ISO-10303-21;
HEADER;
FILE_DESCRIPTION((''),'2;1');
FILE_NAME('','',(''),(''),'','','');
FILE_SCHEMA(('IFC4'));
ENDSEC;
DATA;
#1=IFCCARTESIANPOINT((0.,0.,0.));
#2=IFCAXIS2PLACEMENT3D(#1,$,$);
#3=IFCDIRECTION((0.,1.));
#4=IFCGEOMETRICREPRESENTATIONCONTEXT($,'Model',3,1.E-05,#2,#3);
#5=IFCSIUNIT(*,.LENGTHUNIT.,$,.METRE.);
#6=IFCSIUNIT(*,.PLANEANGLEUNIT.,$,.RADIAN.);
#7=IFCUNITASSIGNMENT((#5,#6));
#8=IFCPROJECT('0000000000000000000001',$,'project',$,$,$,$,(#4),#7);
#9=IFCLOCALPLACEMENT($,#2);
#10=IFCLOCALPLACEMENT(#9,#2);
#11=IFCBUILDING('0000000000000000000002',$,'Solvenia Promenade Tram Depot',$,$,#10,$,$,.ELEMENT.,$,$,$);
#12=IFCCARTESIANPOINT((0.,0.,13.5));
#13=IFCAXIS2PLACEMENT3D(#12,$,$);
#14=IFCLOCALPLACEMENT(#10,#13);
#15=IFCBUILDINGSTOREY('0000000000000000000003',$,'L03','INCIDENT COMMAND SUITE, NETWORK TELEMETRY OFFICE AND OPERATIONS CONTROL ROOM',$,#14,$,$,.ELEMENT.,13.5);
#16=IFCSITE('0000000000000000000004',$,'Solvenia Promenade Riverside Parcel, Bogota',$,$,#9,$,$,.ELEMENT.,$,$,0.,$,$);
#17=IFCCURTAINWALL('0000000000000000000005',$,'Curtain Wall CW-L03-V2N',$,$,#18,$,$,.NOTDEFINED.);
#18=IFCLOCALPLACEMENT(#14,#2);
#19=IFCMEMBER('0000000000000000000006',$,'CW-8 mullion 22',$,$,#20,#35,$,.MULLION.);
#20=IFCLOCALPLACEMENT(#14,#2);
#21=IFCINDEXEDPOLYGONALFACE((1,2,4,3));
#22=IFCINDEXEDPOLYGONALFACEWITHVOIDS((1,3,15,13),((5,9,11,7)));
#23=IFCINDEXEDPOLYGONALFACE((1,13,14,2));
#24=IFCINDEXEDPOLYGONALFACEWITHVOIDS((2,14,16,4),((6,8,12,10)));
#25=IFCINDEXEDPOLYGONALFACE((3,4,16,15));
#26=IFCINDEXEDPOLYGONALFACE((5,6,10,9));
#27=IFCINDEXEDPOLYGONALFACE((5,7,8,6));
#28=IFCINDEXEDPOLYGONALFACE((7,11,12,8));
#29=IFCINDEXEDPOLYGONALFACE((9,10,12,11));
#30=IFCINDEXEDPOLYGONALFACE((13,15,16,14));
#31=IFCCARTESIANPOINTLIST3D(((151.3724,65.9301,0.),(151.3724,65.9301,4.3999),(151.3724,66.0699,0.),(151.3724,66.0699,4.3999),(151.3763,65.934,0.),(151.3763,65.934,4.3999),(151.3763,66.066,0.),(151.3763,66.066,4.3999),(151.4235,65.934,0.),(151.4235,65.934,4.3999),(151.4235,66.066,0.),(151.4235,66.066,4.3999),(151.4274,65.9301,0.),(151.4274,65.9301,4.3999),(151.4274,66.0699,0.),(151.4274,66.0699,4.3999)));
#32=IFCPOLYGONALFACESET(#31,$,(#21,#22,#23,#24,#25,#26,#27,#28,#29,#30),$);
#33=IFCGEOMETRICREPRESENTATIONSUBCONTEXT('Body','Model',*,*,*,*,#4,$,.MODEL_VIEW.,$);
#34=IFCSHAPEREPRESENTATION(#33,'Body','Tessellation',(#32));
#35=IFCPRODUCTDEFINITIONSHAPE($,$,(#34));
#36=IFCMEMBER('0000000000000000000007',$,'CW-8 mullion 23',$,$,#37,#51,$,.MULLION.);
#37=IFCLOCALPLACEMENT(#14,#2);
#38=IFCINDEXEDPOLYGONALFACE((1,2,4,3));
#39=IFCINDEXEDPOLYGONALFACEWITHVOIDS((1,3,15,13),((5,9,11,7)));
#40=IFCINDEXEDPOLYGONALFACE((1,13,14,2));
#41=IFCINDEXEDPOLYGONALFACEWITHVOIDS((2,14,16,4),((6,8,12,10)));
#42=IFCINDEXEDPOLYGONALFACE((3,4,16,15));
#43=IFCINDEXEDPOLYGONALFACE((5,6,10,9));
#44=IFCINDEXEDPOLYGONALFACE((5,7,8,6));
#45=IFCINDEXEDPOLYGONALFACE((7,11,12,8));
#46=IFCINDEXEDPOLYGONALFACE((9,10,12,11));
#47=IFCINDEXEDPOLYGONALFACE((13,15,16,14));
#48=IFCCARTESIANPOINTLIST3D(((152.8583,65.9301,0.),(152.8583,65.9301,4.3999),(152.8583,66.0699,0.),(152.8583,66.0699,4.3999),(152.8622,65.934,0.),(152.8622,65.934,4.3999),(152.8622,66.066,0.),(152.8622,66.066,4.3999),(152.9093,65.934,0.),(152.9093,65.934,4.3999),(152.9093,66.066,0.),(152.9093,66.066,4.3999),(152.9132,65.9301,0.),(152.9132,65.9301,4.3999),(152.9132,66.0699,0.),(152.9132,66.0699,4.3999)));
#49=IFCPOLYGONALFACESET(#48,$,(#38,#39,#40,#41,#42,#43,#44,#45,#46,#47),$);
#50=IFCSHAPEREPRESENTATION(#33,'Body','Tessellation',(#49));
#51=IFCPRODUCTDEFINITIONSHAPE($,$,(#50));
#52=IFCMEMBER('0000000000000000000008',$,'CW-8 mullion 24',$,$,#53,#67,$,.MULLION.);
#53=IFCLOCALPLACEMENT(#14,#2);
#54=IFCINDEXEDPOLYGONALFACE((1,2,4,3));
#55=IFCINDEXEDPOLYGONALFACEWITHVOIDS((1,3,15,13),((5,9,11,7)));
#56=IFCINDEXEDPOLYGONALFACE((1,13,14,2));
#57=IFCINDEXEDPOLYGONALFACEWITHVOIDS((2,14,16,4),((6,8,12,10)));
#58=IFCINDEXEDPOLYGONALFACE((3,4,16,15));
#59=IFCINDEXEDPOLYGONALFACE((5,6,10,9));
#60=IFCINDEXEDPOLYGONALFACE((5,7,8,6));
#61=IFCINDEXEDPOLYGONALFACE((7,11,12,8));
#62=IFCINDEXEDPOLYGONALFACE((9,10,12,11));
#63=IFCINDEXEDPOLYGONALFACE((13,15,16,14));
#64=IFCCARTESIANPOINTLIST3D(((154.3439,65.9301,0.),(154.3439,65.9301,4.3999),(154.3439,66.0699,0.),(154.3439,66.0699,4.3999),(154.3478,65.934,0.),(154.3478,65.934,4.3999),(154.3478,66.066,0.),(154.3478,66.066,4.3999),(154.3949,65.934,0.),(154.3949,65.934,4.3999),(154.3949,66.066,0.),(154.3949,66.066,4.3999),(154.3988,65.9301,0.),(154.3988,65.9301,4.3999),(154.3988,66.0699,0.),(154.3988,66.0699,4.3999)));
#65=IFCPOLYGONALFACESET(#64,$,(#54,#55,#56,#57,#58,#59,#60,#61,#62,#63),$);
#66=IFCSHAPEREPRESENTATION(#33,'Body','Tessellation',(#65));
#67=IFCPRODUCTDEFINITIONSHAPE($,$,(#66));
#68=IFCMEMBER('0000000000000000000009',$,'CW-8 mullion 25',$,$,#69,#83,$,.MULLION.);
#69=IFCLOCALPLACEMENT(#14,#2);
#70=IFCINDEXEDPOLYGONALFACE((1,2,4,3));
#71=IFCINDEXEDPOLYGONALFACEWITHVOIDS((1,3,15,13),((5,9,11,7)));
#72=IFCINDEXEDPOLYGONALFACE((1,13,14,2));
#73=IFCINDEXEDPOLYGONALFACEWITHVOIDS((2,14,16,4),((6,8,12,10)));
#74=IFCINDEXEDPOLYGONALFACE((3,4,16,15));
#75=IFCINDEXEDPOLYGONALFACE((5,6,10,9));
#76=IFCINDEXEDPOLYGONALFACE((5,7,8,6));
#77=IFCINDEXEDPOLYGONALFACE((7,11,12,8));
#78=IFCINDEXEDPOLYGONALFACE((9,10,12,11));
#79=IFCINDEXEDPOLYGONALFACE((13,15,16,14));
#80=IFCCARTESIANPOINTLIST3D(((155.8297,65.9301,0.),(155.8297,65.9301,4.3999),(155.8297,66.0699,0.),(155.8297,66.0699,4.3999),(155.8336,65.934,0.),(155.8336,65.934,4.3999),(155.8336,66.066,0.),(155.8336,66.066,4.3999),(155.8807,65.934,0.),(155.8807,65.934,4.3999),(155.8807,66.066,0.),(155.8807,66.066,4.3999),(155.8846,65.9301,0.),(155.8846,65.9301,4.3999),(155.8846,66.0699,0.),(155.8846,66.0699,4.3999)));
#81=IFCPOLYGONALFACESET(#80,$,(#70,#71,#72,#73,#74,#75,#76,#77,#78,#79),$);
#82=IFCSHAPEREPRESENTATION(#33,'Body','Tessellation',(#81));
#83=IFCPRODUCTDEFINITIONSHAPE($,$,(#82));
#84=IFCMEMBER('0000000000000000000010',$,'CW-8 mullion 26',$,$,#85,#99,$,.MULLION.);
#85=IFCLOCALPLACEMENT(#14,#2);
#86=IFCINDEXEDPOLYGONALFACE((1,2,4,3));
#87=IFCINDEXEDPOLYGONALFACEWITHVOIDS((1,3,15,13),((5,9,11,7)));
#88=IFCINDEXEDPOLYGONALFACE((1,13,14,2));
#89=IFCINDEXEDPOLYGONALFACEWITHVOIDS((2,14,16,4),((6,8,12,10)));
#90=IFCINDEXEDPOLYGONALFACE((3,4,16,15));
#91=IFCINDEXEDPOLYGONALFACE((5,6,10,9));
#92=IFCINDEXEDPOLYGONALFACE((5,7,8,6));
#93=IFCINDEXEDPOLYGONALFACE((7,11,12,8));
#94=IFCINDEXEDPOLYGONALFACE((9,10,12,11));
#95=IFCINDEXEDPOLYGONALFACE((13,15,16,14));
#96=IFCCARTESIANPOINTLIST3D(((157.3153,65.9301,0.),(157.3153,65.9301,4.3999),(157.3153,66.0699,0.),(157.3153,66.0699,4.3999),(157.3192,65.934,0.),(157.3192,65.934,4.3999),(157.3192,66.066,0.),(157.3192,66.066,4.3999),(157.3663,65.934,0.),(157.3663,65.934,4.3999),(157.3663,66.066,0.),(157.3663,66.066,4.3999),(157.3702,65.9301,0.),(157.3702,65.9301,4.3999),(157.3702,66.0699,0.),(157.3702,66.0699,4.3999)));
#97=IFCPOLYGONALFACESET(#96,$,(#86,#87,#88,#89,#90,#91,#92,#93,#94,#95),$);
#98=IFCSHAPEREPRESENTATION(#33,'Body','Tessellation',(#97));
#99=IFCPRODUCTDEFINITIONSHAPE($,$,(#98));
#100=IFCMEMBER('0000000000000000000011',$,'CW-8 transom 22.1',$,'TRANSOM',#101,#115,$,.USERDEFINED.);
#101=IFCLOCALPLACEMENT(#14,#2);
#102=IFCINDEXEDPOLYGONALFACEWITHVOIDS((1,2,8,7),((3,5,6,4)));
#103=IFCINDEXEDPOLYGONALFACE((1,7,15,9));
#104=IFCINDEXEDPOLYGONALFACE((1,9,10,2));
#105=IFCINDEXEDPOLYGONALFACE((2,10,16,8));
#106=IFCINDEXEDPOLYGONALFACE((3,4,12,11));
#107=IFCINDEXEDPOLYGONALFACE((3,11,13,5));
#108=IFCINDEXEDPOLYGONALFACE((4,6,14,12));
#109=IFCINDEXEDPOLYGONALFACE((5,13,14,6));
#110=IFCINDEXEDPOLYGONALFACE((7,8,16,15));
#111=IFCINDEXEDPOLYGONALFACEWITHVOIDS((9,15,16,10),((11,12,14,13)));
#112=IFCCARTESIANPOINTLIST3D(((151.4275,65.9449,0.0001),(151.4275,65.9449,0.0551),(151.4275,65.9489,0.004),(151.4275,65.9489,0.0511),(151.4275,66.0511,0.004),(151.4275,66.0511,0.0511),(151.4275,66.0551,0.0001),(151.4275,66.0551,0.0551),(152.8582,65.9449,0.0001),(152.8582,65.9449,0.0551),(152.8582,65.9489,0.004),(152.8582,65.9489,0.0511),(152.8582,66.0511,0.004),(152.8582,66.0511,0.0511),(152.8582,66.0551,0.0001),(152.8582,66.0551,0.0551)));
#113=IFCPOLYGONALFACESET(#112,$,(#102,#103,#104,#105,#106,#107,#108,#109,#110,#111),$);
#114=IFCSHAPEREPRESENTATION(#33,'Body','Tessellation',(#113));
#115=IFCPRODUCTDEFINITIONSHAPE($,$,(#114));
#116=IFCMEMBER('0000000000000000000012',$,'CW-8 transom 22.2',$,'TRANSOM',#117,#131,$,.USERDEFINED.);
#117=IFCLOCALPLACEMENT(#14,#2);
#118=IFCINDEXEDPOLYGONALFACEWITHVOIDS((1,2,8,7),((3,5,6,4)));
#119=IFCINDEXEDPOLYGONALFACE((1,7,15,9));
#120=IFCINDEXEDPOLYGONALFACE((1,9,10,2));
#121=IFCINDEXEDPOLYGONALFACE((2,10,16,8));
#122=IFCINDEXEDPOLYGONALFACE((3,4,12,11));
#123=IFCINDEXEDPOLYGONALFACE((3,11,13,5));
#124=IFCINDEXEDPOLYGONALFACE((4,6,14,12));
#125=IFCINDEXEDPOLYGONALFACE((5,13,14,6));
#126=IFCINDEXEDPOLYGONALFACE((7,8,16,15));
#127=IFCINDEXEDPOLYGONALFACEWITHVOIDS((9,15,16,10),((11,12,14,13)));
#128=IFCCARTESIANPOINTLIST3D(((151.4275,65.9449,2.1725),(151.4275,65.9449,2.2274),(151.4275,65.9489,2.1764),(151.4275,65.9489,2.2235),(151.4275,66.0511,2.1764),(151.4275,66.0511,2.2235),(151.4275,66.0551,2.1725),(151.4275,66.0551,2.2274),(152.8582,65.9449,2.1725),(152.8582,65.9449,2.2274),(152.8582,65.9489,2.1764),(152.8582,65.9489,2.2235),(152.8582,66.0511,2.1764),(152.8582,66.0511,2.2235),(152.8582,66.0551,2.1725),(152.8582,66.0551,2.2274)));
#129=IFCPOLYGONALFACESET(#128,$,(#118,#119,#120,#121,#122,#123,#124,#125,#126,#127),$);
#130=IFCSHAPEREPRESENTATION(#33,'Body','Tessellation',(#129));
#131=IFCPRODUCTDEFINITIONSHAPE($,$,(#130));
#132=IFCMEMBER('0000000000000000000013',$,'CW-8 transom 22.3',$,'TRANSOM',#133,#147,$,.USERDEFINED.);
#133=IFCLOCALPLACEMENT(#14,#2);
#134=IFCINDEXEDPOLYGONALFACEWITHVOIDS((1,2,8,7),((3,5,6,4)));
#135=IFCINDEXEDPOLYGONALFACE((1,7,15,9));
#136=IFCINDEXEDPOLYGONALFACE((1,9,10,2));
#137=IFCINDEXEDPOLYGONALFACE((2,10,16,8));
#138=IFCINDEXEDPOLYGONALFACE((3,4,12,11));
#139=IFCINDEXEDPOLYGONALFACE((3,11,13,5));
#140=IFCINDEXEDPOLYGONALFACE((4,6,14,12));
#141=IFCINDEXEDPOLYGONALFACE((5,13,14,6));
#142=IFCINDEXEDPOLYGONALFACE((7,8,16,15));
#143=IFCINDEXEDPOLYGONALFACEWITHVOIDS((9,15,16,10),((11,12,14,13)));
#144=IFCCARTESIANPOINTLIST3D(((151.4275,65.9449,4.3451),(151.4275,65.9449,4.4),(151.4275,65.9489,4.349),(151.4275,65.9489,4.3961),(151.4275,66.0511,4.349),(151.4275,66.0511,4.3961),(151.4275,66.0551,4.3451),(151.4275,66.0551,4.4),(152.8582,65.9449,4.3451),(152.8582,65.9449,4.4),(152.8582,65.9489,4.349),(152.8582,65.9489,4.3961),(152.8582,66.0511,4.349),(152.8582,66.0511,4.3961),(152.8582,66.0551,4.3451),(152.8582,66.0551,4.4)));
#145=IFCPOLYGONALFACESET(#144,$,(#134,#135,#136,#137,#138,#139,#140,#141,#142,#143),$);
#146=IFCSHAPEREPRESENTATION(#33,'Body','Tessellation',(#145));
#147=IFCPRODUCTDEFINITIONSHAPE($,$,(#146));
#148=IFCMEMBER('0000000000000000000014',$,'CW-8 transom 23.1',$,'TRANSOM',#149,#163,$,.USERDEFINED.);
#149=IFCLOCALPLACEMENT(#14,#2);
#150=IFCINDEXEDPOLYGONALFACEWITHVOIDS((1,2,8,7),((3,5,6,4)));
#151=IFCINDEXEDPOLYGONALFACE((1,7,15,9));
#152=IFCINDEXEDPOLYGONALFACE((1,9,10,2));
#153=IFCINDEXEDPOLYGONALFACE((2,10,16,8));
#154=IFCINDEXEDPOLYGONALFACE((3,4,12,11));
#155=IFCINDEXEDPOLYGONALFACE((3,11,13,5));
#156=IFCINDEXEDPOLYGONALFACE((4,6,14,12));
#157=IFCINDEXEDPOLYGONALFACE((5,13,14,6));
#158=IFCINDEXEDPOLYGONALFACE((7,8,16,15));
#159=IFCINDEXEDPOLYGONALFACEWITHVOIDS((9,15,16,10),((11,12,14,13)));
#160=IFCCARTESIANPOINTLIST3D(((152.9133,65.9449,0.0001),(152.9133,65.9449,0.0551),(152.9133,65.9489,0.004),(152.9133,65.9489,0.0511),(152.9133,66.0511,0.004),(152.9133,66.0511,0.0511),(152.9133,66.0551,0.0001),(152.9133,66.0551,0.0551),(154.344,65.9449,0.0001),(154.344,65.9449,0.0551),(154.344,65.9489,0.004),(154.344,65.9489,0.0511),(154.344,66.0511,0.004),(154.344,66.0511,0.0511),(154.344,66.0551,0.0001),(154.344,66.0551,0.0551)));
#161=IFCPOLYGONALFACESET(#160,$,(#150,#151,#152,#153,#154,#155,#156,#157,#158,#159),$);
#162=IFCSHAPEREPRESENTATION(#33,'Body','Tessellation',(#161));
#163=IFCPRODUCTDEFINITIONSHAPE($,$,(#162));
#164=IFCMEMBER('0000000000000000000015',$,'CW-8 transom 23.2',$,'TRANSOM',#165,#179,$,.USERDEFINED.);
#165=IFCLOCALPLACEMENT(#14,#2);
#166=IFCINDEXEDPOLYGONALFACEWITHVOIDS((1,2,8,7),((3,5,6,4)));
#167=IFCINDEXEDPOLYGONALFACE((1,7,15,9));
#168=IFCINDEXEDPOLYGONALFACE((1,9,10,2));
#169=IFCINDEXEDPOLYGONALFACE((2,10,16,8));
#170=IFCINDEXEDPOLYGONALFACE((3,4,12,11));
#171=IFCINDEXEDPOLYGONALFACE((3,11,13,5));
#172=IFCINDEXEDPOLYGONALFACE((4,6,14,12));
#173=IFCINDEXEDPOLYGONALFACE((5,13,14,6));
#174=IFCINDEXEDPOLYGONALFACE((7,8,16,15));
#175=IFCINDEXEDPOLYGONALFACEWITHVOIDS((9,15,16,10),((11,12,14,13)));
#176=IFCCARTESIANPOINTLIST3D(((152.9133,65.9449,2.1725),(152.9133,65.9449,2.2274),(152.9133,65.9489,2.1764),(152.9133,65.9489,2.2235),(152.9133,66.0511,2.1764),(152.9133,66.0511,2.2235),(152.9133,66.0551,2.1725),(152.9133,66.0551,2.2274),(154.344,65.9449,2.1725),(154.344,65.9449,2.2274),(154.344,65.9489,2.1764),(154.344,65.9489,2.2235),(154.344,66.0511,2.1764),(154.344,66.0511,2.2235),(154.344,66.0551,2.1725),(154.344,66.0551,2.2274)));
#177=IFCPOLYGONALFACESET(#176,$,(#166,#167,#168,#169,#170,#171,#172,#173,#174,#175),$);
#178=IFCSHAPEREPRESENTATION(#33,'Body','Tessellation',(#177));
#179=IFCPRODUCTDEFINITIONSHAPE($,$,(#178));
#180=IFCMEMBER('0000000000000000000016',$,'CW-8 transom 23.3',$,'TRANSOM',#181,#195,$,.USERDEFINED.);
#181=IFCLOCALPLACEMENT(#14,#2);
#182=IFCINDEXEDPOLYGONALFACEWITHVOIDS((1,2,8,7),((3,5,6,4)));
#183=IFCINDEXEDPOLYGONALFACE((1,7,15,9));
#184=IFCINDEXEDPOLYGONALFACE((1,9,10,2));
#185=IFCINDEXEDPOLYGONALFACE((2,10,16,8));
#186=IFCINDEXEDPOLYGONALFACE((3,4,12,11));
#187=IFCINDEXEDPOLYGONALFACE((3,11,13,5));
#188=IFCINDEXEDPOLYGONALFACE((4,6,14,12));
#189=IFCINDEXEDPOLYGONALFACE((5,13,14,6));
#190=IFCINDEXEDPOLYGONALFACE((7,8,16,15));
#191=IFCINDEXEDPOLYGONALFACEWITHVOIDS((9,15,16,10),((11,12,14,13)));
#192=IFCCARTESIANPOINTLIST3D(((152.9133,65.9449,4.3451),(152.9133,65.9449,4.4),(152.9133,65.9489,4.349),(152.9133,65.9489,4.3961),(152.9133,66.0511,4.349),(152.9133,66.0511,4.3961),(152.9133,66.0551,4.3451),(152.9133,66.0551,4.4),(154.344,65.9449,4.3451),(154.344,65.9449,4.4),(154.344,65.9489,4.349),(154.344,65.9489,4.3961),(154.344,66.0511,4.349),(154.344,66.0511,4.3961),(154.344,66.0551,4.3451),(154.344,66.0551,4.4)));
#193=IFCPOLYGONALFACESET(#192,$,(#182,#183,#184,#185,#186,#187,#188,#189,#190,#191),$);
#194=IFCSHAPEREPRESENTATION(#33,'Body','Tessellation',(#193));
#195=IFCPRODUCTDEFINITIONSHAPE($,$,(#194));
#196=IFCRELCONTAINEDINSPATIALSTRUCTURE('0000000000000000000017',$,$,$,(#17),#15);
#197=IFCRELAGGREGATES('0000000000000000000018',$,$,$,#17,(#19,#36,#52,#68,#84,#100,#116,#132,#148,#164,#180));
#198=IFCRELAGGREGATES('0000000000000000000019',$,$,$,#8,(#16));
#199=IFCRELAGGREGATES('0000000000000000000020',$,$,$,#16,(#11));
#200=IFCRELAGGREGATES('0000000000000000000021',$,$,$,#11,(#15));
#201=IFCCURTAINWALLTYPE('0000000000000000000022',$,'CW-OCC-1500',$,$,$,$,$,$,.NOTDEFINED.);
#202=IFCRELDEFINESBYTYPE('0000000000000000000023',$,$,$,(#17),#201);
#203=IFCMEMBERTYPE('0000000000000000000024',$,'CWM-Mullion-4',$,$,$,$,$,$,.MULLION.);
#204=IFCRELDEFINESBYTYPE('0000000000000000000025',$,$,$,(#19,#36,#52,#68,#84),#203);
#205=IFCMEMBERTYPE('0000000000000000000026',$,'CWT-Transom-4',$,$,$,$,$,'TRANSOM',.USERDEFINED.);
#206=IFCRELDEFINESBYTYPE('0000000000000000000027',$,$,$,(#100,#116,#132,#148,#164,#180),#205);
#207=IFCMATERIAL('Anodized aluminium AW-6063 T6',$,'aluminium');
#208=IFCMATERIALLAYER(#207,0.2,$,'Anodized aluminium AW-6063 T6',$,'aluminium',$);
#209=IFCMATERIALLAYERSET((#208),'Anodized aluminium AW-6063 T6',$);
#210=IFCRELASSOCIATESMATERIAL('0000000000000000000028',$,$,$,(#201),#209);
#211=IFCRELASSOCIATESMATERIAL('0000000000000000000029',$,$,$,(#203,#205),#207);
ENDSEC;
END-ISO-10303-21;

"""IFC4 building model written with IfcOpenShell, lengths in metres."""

from ifc_helpers import new_model, si_unit, direction, frame, origin, origin_2d, place, context, subcontext, project, spatial, hollow_rectangle, extrude, material, layer, layer_set, material_profile, profile_set, type_object, element, aggregate, save


model = new_model("IFC4")

# Units and contexts
model_context = context("Model", 3, precision=1e-05, world=origin(), true_north=direction((0.0, 1.0)))
body_context = subcontext(model_context, "Body", "Model", "MODEL_VIEW")
ifc_project = project(units=[si_unit("LENGTHUNIT", "METRE"), si_unit("PLANEANGLEUNIT", "RADIAN")], contexts=[model_context])

# Site, building, storey
site_placement = place(None, origin())
site = spatial("IfcSite", under=ifc_project, at=site_placement, Name="Solvenia Promenade Riverside Parcel, Bogota", CompositionType="ELEMENT", RefElevation=0.0)
building_placement = place(site_placement, origin())
building = spatial("IfcBuilding", under=site, at=building_placement, Name="Solvenia Promenade Tram Depot", CompositionType="ELEMENT")
storey_placement = place(building_placement, frame((0.0, 0.0, 13.5)))
storey = spatial("IfcBuildingStorey", under=building, at=storey_placement, Name="L03", Description="INCIDENT COMMAND SUITE, NETWORK TELEMETRY OFFICE AND OPERATIONS CONTROL ROOM", CompositionType="ELEMENT", Elevation=13.5)

# Curtain wall, members
ifc_material_1 = material(Name="Anodized aluminium AW-6063 T6", Category="aluminium")
ifc_layer_1 = layer(ifc_material_1, 0.2, Name="Anodized aluminium AW-6063 T6", Category="aluminium")
ifc_layer_set_1 = layer_set([ifc_layer_1], Name="Anodized aluminium AW-6063 T6")
curtain_wall_type = type_object("IfcCurtainWallType", Name="CW-OCC-1500", PredefinedType="NOTDEFINED", material=ifc_layer_set_1)
curtain_wall_placement = place(storey_placement, origin())
curtain_wall = element("IfcCurtainWall", 1, at=curtain_wall_placement, inside=storey, type_object=curtain_wall_type, Name="Curtain Wall CW-L03-V2N", PredefinedType="NOTDEFINED")
ifc_material_profile_1 = material_profile(ifc_material_1, hollow_rectangle(XDim=0.1399, YDim=0.0549, WallThickness=0.0039, at=origin_2d()), Name="ALU-M4", Category="aluminium")
ifc_profile_set_1 = profile_set([ifc_material_profile_1], Name="Anodized aluminium AW-6063 T6")
member_type_1 = type_object("IfcMemberType", Name="CWM-Mullion-4", PredefinedType="MULLION", material=ifc_profile_set_1)
member_1_placement = place(storey_placement, frame((151.3999, 66.0, 0.0), z_axis=(0.0, 0.0, 1.0), x_axis=(0.0, 1.0, 0.0)))
member_1 = element("IfcMember", 2, at=member_1_placement, type_object=member_type_1, Name="CW-8 mullion 22", PredefinedType="MULLION", context=body_context, shape_type="SweptSolid", body=[
    extrude(hollow_rectangle(XDim=0.1399, YDim=0.0549, WallThickness=0.0039, at=origin_2d()), origin(), (0.0, 0.0, 1.0), 4.3999),
])
member_2_placement = place(storey_placement, frame((152.8857, 66.0, 0.0), z_axis=(0.0, 0.0, 1.0), x_axis=(0.0, 1.0, 0.0)))
member_2 = element("IfcMember", 3, at=member_2_placement, type_object=member_type_1, Name="CW-8 mullion 23", PredefinedType="MULLION", context=body_context, shape_type="SweptSolid", body=[
    extrude(hollow_rectangle(XDim=0.1399, YDim=0.0549, WallThickness=0.0039, at=origin_2d()), origin(), (0.0, 0.0, 1.0), 4.3999),
])
member_3_placement = place(storey_placement, frame((154.3713, 66.0, 0.0), z_axis=(0.0, 0.0, 1.0), x_axis=(0.0, 1.0, 0.0)))
member_3 = element("IfcMember", 4, at=member_3_placement, type_object=member_type_1, Name="CW-8 mullion 24", PredefinedType="MULLION", context=body_context, shape_type="SweptSolid", body=[
    extrude(hollow_rectangle(XDim=0.1399, YDim=0.0549, WallThickness=0.0039, at=origin_2d()), origin(), (0.0, 0.0, 1.0), 4.3999),
])
member_4_placement = place(storey_placement, frame((155.8572, 66.0, 0.0), z_axis=(0.0, 0.0, 1.0), x_axis=(0.0, 1.0, 0.0)))
member_4 = element("IfcMember", 5, at=member_4_placement, type_object=member_type_1, Name="CW-8 mullion 25", PredefinedType="MULLION", context=body_context, shape_type="SweptSolid", body=[
    extrude(hollow_rectangle(XDim=0.1399, YDim=0.0549, WallThickness=0.0039, at=origin_2d()), origin(), (0.0, 0.0, 1.0), 4.3999),
])
member_5_placement = place(storey_placement, frame((157.3428, 66.0, 0.0), z_axis=(0.0, 0.0, 1.0), x_axis=(0.0, 1.0, 0.0)))
member_5 = element("IfcMember", 6, at=member_5_placement, type_object=member_type_1, Name="CW-8 mullion 26", PredefinedType="MULLION", context=body_context, shape_type="SweptSolid", body=[
    extrude(hollow_rectangle(XDim=0.1399, YDim=0.0549, WallThickness=0.0039, at=origin_2d()), origin(), (0.0, 0.0, 1.0), 4.3999),
])
ifc_material_profile_2 = material_profile(ifc_material_1, hollow_rectangle(XDim=0.1101, YDim=0.0549, WallThickness=0.0039, at=origin_2d()), Name="ALU-T4", Category="aluminium")
ifc_profile_set_2 = profile_set([ifc_material_profile_2], Name="Anodized aluminium AW-6063 T6")
member_type_2 = type_object("IfcMemberType", Name="CWT-Transom-4", ElementType="TRANSOM", PredefinedType="USERDEFINED", material=ifc_profile_set_2)
member_6_placement = place(storey_placement, frame((151.4275, 66.0, 0.0276), z_axis=(1.0, 0.0, 0.0), x_axis=(0.0, 1.0, 0.0)))
member_6 = element("IfcMember", 7, at=member_6_placement, type_object=member_type_2, Name="CW-8 transom 22.1", ObjectType="TRANSOM", PredefinedType="USERDEFINED", context=body_context, shape_type="SweptSolid", body=[
    extrude(hollow_rectangle(XDim=0.1101, YDim=0.0549, WallThickness=0.0039, at=origin_2d()), origin(), (0.0, 0.0, 1.0), 1.4307),
])
member_7_placement = place(storey_placement, frame((151.4275, 66.0, 2.2), z_axis=(1.0, 0.0, 0.0), x_axis=(0.0, 1.0, 0.0)))
member_7 = element("IfcMember", 8, at=member_7_placement, type_object=member_type_2, Name="CW-8 transom 22.2", ObjectType="TRANSOM", PredefinedType="USERDEFINED", context=body_context, shape_type="SweptSolid", body=[
    extrude(hollow_rectangle(XDim=0.1101, YDim=0.0549, WallThickness=0.0039, at=origin_2d()), origin(), (0.0, 0.0, 1.0), 1.4307),
])
member_8_placement = place(storey_placement, frame((151.4275, 66.0, 4.3726), z_axis=(1.0, 0.0, 0.0), x_axis=(0.0, 1.0, 0.0)))
member_8 = element("IfcMember", 9, at=member_8_placement, type_object=member_type_2, Name="CW-8 transom 22.3", ObjectType="TRANSOM", PredefinedType="USERDEFINED", context=body_context, shape_type="SweptSolid", body=[
    extrude(hollow_rectangle(XDim=0.1101, YDim=0.0549, WallThickness=0.0039, at=origin_2d()), origin(), (0.0, 0.0, 1.0), 1.4307),
])
member_9_placement = place(storey_placement, frame((152.9133, 66.0, 0.0276), z_axis=(1.0, 0.0, 0.0), x_axis=(0.0, 1.0, 0.0)))
member_9 = element("IfcMember", 10, at=member_9_placement, type_object=member_type_2, Name="CW-8 transom 23.1", ObjectType="TRANSOM", PredefinedType="USERDEFINED", context=body_context, shape_type="SweptSolid", body=[
    extrude(hollow_rectangle(XDim=0.1101, YDim=0.0549, WallThickness=0.0039, at=origin_2d()), origin(), (0.0, 0.0, 1.0), 1.4307),
])
member_10_placement = place(storey_placement, frame((152.9133, 66.0, 2.2), z_axis=(1.0, 0.0, 0.0), x_axis=(0.0, 1.0, 0.0)))
member_10 = element("IfcMember", 11, at=member_10_placement, type_object=member_type_2, Name="CW-8 transom 23.2", ObjectType="TRANSOM", PredefinedType="USERDEFINED", context=body_context, shape_type="SweptSolid", body=[
    extrude(hollow_rectangle(XDim=0.1101, YDim=0.0549, WallThickness=0.0039, at=origin_2d()), origin(), (0.0, 0.0, 1.0), 1.4307),
])
member_11_placement = place(storey_placement, frame((152.9133, 66.0, 4.3726), z_axis=(1.0, 0.0, 0.0), x_axis=(0.0, 1.0, 0.0)))
member_11 = element("IfcMember", 12, at=member_11_placement, type_object=member_type_2, Name="CW-8 transom 23.3", ObjectType="TRANSOM", PredefinedType="USERDEFINED", context=body_context, shape_type="SweptSolid", body=[
    extrude(hollow_rectangle(XDim=0.1101, YDim=0.0549, WallThickness=0.0039, at=origin_2d()), origin(), (0.0, 0.0, 1.0), 1.4307),
])

aggregate(curtain_wall, [member_1, member_2, member_3, member_4, member_5, member_6, member_7, member_8, member_9, member_10, member_11])

save(model, "model.ifc")
